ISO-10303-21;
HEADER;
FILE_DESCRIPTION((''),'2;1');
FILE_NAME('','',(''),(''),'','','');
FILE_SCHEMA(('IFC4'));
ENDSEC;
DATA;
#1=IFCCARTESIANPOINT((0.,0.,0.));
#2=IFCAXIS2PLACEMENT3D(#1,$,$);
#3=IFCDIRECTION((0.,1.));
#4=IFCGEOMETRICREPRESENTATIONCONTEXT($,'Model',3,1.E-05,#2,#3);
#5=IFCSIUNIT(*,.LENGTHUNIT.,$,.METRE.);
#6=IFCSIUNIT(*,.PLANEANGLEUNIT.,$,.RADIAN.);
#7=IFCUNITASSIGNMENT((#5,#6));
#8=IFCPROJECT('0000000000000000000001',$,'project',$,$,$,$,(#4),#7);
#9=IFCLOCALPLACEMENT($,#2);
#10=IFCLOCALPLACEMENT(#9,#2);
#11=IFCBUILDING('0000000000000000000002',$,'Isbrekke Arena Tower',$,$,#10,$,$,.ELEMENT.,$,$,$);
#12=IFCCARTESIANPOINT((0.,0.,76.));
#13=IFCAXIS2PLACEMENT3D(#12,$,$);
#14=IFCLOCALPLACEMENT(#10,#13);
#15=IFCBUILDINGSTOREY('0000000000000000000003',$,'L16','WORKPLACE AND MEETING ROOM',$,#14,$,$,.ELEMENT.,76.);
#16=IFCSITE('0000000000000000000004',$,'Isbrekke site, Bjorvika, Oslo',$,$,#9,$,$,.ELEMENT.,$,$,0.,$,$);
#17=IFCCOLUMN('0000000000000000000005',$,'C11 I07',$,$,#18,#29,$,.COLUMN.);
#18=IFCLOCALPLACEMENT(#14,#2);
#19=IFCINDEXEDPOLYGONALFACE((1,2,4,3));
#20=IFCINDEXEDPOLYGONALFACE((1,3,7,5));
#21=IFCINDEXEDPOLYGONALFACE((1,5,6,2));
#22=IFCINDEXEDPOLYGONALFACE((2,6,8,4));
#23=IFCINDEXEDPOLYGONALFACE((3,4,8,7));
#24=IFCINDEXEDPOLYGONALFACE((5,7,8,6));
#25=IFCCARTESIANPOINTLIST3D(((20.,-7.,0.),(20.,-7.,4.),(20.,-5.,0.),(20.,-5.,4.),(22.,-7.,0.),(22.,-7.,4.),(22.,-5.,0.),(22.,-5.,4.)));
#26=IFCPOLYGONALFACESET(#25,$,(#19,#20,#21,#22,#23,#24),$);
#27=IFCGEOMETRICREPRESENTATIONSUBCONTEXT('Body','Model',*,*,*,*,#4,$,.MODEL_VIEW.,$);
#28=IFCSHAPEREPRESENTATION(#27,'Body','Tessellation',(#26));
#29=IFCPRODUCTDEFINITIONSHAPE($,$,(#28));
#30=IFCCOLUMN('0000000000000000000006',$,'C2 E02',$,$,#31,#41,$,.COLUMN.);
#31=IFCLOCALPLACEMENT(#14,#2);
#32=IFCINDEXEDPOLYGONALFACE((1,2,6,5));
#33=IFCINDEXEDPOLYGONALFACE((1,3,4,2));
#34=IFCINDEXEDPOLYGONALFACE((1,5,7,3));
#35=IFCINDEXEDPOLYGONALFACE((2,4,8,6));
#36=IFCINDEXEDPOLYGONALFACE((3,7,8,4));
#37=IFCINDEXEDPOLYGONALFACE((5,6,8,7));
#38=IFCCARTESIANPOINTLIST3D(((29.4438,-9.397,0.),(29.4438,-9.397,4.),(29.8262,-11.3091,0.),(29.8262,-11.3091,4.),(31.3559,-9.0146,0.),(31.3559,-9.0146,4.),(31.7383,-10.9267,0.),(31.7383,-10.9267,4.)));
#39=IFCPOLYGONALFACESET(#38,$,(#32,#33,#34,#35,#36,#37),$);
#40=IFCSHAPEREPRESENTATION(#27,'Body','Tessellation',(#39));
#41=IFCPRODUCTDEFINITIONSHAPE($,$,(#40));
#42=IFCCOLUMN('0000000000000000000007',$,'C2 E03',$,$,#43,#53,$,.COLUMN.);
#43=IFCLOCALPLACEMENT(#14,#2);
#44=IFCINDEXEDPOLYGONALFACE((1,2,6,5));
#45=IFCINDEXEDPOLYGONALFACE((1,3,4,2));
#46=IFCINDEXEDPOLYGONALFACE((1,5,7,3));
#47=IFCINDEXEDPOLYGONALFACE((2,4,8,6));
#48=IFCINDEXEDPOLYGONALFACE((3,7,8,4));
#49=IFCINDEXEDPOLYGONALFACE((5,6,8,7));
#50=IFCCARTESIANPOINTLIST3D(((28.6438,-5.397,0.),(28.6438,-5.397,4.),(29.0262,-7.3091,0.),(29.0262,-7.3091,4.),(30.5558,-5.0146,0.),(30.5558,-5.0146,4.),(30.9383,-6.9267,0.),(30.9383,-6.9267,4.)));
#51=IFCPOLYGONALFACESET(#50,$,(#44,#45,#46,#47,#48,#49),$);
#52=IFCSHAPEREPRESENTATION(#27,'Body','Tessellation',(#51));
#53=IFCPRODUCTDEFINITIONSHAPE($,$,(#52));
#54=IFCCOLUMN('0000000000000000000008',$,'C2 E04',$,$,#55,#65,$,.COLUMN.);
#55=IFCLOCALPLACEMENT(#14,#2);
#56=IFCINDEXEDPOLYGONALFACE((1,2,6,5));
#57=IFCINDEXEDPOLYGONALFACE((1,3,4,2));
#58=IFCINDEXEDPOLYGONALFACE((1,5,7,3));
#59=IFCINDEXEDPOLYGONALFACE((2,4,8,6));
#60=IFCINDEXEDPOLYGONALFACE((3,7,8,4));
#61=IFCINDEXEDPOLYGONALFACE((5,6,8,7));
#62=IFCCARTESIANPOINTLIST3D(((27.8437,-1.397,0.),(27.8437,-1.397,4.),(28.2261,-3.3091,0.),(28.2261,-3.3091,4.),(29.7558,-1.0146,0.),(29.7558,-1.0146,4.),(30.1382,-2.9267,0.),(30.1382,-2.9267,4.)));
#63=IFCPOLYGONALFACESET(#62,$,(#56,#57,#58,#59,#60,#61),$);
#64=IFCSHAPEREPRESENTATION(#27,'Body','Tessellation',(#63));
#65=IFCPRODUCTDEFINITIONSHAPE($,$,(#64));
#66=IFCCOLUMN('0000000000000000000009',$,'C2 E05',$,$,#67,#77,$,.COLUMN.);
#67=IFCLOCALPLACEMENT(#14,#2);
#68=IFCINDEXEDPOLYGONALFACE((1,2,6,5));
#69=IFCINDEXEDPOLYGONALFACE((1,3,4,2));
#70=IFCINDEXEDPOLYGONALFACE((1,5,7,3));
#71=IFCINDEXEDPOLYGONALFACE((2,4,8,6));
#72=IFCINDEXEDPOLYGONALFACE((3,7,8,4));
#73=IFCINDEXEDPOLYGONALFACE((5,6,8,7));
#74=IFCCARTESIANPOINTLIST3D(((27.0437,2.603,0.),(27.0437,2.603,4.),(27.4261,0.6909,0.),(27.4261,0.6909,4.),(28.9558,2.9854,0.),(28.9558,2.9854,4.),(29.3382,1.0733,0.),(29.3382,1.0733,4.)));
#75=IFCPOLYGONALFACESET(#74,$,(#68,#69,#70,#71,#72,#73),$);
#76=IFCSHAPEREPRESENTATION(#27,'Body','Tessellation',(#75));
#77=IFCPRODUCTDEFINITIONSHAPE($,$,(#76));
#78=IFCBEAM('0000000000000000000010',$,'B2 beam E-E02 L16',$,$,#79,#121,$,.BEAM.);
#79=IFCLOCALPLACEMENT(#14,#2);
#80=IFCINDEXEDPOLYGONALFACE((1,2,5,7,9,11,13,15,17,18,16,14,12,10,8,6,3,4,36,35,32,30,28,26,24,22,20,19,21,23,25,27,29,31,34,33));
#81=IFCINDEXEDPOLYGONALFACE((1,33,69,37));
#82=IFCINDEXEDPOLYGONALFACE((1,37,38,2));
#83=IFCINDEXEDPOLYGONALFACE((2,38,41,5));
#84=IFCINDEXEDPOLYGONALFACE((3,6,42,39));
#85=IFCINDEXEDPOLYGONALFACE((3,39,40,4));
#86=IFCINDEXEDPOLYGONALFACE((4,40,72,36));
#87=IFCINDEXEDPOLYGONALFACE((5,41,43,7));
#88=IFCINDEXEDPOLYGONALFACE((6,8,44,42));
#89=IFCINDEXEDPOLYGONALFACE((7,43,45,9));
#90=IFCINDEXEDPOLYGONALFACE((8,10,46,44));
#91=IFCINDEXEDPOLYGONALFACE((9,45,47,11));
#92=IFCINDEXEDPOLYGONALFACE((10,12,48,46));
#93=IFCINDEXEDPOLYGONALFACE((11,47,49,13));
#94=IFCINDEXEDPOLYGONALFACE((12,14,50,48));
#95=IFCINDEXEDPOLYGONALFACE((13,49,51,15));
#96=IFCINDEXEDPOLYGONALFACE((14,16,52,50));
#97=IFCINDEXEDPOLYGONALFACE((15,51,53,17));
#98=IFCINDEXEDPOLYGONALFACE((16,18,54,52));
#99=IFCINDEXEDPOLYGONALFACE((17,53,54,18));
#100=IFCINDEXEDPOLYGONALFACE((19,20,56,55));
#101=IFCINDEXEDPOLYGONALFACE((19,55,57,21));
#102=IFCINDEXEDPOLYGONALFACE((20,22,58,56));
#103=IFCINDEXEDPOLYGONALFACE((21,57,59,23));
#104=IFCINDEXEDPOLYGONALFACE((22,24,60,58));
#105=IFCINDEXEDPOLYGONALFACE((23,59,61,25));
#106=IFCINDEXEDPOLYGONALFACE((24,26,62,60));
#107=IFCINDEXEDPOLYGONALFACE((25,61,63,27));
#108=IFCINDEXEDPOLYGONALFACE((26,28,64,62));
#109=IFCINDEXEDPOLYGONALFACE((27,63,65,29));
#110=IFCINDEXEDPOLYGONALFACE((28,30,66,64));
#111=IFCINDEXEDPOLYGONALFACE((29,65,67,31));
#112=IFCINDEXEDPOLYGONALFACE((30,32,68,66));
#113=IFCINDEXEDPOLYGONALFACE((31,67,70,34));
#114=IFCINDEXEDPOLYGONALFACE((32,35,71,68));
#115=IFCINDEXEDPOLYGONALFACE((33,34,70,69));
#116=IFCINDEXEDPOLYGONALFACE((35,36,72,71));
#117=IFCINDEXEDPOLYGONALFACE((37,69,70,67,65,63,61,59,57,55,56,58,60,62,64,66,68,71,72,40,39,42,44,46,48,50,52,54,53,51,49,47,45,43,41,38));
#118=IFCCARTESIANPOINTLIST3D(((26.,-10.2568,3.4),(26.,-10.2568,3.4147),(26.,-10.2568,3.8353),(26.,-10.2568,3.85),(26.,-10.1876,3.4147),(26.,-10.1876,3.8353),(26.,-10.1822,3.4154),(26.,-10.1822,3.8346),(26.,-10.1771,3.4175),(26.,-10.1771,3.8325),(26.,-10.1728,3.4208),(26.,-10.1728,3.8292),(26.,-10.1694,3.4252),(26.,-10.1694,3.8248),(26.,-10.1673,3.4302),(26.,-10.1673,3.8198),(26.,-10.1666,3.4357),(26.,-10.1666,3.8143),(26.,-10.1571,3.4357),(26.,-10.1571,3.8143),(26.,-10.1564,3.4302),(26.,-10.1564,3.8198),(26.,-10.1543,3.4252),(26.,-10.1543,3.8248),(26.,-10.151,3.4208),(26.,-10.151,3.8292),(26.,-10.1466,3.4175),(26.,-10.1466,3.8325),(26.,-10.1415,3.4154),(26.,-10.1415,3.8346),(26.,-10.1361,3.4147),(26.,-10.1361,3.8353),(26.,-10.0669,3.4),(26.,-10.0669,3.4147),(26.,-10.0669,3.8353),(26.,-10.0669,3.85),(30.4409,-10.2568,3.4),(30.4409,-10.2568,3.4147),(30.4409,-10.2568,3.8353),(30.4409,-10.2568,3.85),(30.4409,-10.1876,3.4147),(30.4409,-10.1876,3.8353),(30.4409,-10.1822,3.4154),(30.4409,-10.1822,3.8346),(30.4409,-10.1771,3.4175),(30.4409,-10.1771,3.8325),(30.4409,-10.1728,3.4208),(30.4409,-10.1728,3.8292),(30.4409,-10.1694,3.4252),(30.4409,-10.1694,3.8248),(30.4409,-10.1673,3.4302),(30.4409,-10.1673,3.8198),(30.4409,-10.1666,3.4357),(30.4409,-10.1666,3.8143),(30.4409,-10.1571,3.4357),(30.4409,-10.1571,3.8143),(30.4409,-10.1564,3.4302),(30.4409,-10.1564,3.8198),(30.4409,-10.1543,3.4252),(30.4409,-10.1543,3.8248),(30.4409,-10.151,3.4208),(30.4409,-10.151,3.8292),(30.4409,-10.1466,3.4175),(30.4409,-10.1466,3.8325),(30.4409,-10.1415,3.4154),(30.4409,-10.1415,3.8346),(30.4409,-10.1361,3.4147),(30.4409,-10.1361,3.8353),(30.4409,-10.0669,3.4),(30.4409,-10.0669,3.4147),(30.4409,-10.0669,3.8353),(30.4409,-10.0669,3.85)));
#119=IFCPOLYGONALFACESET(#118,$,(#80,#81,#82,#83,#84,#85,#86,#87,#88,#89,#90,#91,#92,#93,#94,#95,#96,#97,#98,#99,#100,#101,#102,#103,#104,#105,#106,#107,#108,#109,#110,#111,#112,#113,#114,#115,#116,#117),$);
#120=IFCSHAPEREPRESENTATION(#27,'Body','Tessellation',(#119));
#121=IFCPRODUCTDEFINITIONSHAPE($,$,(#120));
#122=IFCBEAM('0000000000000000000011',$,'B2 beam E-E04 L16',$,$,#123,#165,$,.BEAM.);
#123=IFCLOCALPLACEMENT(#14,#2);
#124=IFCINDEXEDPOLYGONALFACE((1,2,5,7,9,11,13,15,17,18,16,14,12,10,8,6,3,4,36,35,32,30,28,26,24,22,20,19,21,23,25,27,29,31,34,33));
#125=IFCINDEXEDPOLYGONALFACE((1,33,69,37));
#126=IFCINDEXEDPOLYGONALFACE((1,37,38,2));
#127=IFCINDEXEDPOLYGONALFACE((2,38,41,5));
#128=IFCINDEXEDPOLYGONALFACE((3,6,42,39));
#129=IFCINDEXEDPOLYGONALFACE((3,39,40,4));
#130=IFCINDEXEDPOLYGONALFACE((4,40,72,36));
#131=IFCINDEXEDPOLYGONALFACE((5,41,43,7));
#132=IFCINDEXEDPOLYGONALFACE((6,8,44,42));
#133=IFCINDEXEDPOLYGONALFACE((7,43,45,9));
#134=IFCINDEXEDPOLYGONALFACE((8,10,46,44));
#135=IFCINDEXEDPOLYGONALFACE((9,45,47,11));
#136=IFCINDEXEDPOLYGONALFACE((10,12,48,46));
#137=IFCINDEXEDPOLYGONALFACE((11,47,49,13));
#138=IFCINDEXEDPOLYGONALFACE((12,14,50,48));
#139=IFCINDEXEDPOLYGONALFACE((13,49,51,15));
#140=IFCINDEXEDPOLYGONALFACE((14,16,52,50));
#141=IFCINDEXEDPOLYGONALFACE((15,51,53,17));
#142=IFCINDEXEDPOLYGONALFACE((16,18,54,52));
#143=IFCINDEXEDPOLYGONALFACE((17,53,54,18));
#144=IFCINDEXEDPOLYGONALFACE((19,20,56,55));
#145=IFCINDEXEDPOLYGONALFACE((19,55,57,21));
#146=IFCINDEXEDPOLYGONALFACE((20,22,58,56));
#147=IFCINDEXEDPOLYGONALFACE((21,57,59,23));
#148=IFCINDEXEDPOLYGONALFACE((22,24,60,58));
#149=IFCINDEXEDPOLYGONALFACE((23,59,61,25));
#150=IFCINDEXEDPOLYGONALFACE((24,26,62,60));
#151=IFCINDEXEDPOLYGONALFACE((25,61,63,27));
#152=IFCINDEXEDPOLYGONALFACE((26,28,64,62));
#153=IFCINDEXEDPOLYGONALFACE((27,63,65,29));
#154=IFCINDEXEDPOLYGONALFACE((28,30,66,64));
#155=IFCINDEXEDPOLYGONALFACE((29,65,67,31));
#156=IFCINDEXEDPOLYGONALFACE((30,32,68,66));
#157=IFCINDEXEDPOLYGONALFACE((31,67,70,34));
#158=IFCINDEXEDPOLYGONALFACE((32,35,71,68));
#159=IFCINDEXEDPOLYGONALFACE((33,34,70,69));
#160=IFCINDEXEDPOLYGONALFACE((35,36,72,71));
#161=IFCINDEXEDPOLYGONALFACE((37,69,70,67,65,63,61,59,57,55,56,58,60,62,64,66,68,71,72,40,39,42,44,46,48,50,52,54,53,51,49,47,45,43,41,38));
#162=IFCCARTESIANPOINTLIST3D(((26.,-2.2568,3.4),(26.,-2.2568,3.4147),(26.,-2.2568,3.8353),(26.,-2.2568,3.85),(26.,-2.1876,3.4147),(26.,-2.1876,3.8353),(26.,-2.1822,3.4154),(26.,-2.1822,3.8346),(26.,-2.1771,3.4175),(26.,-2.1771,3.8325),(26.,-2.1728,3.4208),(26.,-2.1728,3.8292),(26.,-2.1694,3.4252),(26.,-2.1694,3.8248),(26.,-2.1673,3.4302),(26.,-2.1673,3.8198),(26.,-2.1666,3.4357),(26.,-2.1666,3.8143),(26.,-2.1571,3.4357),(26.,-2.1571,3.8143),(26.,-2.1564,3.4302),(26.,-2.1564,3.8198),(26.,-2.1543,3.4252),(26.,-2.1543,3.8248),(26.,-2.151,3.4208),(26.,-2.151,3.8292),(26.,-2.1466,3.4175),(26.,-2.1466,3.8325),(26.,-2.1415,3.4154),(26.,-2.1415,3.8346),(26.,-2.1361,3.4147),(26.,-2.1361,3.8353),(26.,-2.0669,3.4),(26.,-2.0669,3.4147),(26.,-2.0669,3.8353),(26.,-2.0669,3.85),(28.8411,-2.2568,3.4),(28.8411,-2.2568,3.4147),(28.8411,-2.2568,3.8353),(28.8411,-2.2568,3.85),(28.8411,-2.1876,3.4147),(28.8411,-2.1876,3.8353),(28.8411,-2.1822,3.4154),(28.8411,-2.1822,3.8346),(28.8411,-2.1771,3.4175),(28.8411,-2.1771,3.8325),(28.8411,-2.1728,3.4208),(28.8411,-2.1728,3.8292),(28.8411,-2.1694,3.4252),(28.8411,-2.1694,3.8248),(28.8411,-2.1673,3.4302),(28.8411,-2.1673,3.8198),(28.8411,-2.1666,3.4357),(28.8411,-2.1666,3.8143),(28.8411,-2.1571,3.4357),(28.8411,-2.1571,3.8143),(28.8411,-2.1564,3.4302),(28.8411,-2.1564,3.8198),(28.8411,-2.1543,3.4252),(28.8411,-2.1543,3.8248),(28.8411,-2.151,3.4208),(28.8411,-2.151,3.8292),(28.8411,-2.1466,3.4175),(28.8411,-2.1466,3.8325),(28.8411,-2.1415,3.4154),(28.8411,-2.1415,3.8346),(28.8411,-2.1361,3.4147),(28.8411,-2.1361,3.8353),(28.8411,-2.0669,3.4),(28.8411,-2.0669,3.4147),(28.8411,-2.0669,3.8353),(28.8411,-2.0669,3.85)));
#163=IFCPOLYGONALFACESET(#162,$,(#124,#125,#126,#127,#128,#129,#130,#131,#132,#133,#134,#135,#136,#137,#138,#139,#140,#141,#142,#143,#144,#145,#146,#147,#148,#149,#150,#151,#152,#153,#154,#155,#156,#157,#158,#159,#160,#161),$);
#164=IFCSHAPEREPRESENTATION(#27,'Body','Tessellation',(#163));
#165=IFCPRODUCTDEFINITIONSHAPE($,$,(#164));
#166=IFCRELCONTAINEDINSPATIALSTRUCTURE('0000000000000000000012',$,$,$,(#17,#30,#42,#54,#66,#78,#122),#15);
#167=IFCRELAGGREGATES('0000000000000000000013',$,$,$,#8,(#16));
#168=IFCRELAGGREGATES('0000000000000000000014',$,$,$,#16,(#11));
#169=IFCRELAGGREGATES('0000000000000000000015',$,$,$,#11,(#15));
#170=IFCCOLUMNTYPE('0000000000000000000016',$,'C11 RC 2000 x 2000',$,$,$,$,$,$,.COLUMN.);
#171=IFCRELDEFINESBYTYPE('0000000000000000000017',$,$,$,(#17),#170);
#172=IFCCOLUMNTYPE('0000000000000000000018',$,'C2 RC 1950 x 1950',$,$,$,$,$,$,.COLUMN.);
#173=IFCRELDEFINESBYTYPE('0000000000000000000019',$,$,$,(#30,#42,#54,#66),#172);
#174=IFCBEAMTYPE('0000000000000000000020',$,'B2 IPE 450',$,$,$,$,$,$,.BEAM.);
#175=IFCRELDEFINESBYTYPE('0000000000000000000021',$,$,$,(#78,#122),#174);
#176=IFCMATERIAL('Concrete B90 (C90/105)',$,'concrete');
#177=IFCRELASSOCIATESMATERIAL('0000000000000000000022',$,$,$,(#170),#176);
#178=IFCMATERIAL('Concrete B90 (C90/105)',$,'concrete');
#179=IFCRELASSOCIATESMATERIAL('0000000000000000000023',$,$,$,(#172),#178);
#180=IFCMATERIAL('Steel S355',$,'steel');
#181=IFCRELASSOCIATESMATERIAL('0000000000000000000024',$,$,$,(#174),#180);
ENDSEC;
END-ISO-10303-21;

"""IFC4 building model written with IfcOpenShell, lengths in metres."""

from ifc_helpers import new_model, si_unit, direction, frame, origin, origin_2d, place, context, subcontext, project, spatial, rectangle, i_section, extrude, material, material_profile, profile_set, type_object, element, save


model = new_model("IFC4")

# Units and contexts
model_context = context("Model", 3, precision=1e-05, world=origin(), true_north=direction((0.0, 1.0)))
body_context = subcontext(model_context, "Body", "Model", "MODEL_VIEW")
ifc_project = project(units=[si_unit("LENGTHUNIT", "METRE"), si_unit("PLANEANGLEUNIT", "RADIAN")], contexts=[model_context])

# Site, building, storey
site_placement = place(None, origin())
site = spatial("IfcSite", under=ifc_project, at=site_placement, Name="Isbrekke site, Bjorvika, Oslo", CompositionType="ELEMENT", RefElevation=0.0)
building_placement = place(site_placement, origin())
building = spatial("IfcBuilding", under=site, at=building_placement, Name="Isbrekke Arena Tower", CompositionType="ELEMENT")
storey_placement = place(building_placement, frame((0.0, 0.0, 76.0)))
storey = spatial("IfcBuildingStorey", under=building, at=storey_placement, Name="L16", Description="WORKPLACE AND MEETING ROOM", CompositionType="ELEMENT", Elevation=76.0)

# Columns
ifc_material_1 = material(Name="Concrete B90 (C90/105)", Category="concrete")
ifc_material_profile_1 = material_profile(ifc_material_1, rectangle(XDim=2.0, YDim=2.0, at=origin_2d()), Name="RC 2000x2000")
ifc_profile_set_1 = profile_set([ifc_material_profile_1], Name="Concrete B90 (C90/105)")
column_type_1 = type_object("IfcColumnType", Name="C11 RC 2000 x 2000", PredefinedType="COLUMN", material=ifc_profile_set_1)
column_placement = place(storey_placement, frame((21.0, -6.0, 0.0), z_axis=(0.0, 0.0, 1.0), x_axis=(1.0, 0.0, 0.0)))
element("IfcColumn", 1, at=column_placement, inside=storey, type_object=column_type_1, Name="C11 I07", PredefinedType="COLUMN", context=body_context, shape_type="SweptSolid", body=[
    extrude(rectangle(XDim=2.0, YDim=2.0, at=origin_2d()), origin(), (0.0, 0.0, 1.0), 4.0),
])
ifc_material_2 = material(Name="Concrete B90 (C90/105)", Category="concrete")
ifc_material_profile_2 = material_profile(ifc_material_2, rectangle(XDim=1.95, YDim=1.95, at=origin_2d()), Name="RC 1950x1950")
ifc_profile_set_2 = profile_set([ifc_material_profile_2], Name="Concrete B90 (C90/105)")
column_type_2 = type_object("IfcColumnType", Name="C2 RC 1950 x 1950", PredefinedType="COLUMN", material=ifc_profile_set_2)
for number, where, z_axis, x_axis, name in (
    (2, (30.5911, -10.1619, 0.0), (0.0, 0.0, 1.0), (-0.196116, 0.980581, 0.0), "C2 E02"),
    (3, (29.791, -6.1619, 0.0), (0.0, 0.0, 1.0), (-0.196116, 0.980581, 0.0), "C2 E03"),
    (4, (28.991, -2.1619, 0.0), (0.0, 0.0, 1.0), (-0.196116, 0.980581, 0.0), "C2 E04"),
    (5, (28.1909, 1.8381, 0.0), (0.0, 0.0, 1.0), (-0.196116, 0.980581, 0.0), "C2 E05"),
):
    element("IfcColumn", number, at=place(storey_placement, frame(where, z_axis=z_axis, x_axis=x_axis)), inside=storey, type_object=column_type_2, Name=name, PredefinedType="COLUMN", context=body_context, shape_type="SweptSolid", body=[
        extrude(rectangle(XDim=1.95, YDim=1.95, at=origin_2d()), origin(), (0.0, 0.0, 1.0), 4.0),
    ])

# Beams
ifc_material_3 = material(Name="Steel S355", Category="steel")
ifc_material_profile_3 = material_profile(ifc_material_3, i_section(OverallWidth=0.1899, OverallDepth=0.45, WebThickness=0.0095, FlangeThickness=0.0146, FilletRadius=0.021, at=origin_2d()), Name="IPE 450")
ifc_profile_set_3 = profile_set([ifc_material_profile_3], Name="Steel S355")
beam_type_1 = type_object("IfcBeamType", Name="B2 IPE 450", PredefinedType="BEAM", material=ifc_profile_set_3)
beam_1_placement = place(storey_placement, frame((30.4409, -10.1619, 3.625), z_axis=(-1.0, 0.0, 0.0), x_axis=(0.0, -1.0, 0.0)))
element("IfcBeam", 6, at=beam_1_placement, inside=storey, type_object=beam_type_1, Name="B2 beam E-E02 L16", PredefinedType="BEAM", context=body_context, shape_type="SweptSolid", body=[
    extrude(i_section(OverallWidth=0.1899, OverallDepth=0.45, WebThickness=0.0095, FlangeThickness=0.0146, FilletRadius=0.021, at=origin_2d()), origin(), (0.0, 0.0, 1.0), 4.4409),
])
beam_2_placement = place(storey_placement, frame((28.8411, -2.1619, 3.625), z_axis=(-1.0, 0.0, 0.0), x_axis=(0.0, -1.0, 0.0)))
element("IfcBeam", 7, at=beam_2_placement, inside=storey, type_object=beam_type_1, Name="B2 beam E-E04 L16", PredefinedType="BEAM", context=body_context, shape_type="SweptSolid", body=[
    extrude(i_section(OverallWidth=0.1899, OverallDepth=0.45, WebThickness=0.0095, FlangeThickness=0.0146, FilletRadius=0.021, at=origin_2d()), origin(), (0.0, 0.0, 1.0), 2.8411),
])

save(model, "model.ifc")
